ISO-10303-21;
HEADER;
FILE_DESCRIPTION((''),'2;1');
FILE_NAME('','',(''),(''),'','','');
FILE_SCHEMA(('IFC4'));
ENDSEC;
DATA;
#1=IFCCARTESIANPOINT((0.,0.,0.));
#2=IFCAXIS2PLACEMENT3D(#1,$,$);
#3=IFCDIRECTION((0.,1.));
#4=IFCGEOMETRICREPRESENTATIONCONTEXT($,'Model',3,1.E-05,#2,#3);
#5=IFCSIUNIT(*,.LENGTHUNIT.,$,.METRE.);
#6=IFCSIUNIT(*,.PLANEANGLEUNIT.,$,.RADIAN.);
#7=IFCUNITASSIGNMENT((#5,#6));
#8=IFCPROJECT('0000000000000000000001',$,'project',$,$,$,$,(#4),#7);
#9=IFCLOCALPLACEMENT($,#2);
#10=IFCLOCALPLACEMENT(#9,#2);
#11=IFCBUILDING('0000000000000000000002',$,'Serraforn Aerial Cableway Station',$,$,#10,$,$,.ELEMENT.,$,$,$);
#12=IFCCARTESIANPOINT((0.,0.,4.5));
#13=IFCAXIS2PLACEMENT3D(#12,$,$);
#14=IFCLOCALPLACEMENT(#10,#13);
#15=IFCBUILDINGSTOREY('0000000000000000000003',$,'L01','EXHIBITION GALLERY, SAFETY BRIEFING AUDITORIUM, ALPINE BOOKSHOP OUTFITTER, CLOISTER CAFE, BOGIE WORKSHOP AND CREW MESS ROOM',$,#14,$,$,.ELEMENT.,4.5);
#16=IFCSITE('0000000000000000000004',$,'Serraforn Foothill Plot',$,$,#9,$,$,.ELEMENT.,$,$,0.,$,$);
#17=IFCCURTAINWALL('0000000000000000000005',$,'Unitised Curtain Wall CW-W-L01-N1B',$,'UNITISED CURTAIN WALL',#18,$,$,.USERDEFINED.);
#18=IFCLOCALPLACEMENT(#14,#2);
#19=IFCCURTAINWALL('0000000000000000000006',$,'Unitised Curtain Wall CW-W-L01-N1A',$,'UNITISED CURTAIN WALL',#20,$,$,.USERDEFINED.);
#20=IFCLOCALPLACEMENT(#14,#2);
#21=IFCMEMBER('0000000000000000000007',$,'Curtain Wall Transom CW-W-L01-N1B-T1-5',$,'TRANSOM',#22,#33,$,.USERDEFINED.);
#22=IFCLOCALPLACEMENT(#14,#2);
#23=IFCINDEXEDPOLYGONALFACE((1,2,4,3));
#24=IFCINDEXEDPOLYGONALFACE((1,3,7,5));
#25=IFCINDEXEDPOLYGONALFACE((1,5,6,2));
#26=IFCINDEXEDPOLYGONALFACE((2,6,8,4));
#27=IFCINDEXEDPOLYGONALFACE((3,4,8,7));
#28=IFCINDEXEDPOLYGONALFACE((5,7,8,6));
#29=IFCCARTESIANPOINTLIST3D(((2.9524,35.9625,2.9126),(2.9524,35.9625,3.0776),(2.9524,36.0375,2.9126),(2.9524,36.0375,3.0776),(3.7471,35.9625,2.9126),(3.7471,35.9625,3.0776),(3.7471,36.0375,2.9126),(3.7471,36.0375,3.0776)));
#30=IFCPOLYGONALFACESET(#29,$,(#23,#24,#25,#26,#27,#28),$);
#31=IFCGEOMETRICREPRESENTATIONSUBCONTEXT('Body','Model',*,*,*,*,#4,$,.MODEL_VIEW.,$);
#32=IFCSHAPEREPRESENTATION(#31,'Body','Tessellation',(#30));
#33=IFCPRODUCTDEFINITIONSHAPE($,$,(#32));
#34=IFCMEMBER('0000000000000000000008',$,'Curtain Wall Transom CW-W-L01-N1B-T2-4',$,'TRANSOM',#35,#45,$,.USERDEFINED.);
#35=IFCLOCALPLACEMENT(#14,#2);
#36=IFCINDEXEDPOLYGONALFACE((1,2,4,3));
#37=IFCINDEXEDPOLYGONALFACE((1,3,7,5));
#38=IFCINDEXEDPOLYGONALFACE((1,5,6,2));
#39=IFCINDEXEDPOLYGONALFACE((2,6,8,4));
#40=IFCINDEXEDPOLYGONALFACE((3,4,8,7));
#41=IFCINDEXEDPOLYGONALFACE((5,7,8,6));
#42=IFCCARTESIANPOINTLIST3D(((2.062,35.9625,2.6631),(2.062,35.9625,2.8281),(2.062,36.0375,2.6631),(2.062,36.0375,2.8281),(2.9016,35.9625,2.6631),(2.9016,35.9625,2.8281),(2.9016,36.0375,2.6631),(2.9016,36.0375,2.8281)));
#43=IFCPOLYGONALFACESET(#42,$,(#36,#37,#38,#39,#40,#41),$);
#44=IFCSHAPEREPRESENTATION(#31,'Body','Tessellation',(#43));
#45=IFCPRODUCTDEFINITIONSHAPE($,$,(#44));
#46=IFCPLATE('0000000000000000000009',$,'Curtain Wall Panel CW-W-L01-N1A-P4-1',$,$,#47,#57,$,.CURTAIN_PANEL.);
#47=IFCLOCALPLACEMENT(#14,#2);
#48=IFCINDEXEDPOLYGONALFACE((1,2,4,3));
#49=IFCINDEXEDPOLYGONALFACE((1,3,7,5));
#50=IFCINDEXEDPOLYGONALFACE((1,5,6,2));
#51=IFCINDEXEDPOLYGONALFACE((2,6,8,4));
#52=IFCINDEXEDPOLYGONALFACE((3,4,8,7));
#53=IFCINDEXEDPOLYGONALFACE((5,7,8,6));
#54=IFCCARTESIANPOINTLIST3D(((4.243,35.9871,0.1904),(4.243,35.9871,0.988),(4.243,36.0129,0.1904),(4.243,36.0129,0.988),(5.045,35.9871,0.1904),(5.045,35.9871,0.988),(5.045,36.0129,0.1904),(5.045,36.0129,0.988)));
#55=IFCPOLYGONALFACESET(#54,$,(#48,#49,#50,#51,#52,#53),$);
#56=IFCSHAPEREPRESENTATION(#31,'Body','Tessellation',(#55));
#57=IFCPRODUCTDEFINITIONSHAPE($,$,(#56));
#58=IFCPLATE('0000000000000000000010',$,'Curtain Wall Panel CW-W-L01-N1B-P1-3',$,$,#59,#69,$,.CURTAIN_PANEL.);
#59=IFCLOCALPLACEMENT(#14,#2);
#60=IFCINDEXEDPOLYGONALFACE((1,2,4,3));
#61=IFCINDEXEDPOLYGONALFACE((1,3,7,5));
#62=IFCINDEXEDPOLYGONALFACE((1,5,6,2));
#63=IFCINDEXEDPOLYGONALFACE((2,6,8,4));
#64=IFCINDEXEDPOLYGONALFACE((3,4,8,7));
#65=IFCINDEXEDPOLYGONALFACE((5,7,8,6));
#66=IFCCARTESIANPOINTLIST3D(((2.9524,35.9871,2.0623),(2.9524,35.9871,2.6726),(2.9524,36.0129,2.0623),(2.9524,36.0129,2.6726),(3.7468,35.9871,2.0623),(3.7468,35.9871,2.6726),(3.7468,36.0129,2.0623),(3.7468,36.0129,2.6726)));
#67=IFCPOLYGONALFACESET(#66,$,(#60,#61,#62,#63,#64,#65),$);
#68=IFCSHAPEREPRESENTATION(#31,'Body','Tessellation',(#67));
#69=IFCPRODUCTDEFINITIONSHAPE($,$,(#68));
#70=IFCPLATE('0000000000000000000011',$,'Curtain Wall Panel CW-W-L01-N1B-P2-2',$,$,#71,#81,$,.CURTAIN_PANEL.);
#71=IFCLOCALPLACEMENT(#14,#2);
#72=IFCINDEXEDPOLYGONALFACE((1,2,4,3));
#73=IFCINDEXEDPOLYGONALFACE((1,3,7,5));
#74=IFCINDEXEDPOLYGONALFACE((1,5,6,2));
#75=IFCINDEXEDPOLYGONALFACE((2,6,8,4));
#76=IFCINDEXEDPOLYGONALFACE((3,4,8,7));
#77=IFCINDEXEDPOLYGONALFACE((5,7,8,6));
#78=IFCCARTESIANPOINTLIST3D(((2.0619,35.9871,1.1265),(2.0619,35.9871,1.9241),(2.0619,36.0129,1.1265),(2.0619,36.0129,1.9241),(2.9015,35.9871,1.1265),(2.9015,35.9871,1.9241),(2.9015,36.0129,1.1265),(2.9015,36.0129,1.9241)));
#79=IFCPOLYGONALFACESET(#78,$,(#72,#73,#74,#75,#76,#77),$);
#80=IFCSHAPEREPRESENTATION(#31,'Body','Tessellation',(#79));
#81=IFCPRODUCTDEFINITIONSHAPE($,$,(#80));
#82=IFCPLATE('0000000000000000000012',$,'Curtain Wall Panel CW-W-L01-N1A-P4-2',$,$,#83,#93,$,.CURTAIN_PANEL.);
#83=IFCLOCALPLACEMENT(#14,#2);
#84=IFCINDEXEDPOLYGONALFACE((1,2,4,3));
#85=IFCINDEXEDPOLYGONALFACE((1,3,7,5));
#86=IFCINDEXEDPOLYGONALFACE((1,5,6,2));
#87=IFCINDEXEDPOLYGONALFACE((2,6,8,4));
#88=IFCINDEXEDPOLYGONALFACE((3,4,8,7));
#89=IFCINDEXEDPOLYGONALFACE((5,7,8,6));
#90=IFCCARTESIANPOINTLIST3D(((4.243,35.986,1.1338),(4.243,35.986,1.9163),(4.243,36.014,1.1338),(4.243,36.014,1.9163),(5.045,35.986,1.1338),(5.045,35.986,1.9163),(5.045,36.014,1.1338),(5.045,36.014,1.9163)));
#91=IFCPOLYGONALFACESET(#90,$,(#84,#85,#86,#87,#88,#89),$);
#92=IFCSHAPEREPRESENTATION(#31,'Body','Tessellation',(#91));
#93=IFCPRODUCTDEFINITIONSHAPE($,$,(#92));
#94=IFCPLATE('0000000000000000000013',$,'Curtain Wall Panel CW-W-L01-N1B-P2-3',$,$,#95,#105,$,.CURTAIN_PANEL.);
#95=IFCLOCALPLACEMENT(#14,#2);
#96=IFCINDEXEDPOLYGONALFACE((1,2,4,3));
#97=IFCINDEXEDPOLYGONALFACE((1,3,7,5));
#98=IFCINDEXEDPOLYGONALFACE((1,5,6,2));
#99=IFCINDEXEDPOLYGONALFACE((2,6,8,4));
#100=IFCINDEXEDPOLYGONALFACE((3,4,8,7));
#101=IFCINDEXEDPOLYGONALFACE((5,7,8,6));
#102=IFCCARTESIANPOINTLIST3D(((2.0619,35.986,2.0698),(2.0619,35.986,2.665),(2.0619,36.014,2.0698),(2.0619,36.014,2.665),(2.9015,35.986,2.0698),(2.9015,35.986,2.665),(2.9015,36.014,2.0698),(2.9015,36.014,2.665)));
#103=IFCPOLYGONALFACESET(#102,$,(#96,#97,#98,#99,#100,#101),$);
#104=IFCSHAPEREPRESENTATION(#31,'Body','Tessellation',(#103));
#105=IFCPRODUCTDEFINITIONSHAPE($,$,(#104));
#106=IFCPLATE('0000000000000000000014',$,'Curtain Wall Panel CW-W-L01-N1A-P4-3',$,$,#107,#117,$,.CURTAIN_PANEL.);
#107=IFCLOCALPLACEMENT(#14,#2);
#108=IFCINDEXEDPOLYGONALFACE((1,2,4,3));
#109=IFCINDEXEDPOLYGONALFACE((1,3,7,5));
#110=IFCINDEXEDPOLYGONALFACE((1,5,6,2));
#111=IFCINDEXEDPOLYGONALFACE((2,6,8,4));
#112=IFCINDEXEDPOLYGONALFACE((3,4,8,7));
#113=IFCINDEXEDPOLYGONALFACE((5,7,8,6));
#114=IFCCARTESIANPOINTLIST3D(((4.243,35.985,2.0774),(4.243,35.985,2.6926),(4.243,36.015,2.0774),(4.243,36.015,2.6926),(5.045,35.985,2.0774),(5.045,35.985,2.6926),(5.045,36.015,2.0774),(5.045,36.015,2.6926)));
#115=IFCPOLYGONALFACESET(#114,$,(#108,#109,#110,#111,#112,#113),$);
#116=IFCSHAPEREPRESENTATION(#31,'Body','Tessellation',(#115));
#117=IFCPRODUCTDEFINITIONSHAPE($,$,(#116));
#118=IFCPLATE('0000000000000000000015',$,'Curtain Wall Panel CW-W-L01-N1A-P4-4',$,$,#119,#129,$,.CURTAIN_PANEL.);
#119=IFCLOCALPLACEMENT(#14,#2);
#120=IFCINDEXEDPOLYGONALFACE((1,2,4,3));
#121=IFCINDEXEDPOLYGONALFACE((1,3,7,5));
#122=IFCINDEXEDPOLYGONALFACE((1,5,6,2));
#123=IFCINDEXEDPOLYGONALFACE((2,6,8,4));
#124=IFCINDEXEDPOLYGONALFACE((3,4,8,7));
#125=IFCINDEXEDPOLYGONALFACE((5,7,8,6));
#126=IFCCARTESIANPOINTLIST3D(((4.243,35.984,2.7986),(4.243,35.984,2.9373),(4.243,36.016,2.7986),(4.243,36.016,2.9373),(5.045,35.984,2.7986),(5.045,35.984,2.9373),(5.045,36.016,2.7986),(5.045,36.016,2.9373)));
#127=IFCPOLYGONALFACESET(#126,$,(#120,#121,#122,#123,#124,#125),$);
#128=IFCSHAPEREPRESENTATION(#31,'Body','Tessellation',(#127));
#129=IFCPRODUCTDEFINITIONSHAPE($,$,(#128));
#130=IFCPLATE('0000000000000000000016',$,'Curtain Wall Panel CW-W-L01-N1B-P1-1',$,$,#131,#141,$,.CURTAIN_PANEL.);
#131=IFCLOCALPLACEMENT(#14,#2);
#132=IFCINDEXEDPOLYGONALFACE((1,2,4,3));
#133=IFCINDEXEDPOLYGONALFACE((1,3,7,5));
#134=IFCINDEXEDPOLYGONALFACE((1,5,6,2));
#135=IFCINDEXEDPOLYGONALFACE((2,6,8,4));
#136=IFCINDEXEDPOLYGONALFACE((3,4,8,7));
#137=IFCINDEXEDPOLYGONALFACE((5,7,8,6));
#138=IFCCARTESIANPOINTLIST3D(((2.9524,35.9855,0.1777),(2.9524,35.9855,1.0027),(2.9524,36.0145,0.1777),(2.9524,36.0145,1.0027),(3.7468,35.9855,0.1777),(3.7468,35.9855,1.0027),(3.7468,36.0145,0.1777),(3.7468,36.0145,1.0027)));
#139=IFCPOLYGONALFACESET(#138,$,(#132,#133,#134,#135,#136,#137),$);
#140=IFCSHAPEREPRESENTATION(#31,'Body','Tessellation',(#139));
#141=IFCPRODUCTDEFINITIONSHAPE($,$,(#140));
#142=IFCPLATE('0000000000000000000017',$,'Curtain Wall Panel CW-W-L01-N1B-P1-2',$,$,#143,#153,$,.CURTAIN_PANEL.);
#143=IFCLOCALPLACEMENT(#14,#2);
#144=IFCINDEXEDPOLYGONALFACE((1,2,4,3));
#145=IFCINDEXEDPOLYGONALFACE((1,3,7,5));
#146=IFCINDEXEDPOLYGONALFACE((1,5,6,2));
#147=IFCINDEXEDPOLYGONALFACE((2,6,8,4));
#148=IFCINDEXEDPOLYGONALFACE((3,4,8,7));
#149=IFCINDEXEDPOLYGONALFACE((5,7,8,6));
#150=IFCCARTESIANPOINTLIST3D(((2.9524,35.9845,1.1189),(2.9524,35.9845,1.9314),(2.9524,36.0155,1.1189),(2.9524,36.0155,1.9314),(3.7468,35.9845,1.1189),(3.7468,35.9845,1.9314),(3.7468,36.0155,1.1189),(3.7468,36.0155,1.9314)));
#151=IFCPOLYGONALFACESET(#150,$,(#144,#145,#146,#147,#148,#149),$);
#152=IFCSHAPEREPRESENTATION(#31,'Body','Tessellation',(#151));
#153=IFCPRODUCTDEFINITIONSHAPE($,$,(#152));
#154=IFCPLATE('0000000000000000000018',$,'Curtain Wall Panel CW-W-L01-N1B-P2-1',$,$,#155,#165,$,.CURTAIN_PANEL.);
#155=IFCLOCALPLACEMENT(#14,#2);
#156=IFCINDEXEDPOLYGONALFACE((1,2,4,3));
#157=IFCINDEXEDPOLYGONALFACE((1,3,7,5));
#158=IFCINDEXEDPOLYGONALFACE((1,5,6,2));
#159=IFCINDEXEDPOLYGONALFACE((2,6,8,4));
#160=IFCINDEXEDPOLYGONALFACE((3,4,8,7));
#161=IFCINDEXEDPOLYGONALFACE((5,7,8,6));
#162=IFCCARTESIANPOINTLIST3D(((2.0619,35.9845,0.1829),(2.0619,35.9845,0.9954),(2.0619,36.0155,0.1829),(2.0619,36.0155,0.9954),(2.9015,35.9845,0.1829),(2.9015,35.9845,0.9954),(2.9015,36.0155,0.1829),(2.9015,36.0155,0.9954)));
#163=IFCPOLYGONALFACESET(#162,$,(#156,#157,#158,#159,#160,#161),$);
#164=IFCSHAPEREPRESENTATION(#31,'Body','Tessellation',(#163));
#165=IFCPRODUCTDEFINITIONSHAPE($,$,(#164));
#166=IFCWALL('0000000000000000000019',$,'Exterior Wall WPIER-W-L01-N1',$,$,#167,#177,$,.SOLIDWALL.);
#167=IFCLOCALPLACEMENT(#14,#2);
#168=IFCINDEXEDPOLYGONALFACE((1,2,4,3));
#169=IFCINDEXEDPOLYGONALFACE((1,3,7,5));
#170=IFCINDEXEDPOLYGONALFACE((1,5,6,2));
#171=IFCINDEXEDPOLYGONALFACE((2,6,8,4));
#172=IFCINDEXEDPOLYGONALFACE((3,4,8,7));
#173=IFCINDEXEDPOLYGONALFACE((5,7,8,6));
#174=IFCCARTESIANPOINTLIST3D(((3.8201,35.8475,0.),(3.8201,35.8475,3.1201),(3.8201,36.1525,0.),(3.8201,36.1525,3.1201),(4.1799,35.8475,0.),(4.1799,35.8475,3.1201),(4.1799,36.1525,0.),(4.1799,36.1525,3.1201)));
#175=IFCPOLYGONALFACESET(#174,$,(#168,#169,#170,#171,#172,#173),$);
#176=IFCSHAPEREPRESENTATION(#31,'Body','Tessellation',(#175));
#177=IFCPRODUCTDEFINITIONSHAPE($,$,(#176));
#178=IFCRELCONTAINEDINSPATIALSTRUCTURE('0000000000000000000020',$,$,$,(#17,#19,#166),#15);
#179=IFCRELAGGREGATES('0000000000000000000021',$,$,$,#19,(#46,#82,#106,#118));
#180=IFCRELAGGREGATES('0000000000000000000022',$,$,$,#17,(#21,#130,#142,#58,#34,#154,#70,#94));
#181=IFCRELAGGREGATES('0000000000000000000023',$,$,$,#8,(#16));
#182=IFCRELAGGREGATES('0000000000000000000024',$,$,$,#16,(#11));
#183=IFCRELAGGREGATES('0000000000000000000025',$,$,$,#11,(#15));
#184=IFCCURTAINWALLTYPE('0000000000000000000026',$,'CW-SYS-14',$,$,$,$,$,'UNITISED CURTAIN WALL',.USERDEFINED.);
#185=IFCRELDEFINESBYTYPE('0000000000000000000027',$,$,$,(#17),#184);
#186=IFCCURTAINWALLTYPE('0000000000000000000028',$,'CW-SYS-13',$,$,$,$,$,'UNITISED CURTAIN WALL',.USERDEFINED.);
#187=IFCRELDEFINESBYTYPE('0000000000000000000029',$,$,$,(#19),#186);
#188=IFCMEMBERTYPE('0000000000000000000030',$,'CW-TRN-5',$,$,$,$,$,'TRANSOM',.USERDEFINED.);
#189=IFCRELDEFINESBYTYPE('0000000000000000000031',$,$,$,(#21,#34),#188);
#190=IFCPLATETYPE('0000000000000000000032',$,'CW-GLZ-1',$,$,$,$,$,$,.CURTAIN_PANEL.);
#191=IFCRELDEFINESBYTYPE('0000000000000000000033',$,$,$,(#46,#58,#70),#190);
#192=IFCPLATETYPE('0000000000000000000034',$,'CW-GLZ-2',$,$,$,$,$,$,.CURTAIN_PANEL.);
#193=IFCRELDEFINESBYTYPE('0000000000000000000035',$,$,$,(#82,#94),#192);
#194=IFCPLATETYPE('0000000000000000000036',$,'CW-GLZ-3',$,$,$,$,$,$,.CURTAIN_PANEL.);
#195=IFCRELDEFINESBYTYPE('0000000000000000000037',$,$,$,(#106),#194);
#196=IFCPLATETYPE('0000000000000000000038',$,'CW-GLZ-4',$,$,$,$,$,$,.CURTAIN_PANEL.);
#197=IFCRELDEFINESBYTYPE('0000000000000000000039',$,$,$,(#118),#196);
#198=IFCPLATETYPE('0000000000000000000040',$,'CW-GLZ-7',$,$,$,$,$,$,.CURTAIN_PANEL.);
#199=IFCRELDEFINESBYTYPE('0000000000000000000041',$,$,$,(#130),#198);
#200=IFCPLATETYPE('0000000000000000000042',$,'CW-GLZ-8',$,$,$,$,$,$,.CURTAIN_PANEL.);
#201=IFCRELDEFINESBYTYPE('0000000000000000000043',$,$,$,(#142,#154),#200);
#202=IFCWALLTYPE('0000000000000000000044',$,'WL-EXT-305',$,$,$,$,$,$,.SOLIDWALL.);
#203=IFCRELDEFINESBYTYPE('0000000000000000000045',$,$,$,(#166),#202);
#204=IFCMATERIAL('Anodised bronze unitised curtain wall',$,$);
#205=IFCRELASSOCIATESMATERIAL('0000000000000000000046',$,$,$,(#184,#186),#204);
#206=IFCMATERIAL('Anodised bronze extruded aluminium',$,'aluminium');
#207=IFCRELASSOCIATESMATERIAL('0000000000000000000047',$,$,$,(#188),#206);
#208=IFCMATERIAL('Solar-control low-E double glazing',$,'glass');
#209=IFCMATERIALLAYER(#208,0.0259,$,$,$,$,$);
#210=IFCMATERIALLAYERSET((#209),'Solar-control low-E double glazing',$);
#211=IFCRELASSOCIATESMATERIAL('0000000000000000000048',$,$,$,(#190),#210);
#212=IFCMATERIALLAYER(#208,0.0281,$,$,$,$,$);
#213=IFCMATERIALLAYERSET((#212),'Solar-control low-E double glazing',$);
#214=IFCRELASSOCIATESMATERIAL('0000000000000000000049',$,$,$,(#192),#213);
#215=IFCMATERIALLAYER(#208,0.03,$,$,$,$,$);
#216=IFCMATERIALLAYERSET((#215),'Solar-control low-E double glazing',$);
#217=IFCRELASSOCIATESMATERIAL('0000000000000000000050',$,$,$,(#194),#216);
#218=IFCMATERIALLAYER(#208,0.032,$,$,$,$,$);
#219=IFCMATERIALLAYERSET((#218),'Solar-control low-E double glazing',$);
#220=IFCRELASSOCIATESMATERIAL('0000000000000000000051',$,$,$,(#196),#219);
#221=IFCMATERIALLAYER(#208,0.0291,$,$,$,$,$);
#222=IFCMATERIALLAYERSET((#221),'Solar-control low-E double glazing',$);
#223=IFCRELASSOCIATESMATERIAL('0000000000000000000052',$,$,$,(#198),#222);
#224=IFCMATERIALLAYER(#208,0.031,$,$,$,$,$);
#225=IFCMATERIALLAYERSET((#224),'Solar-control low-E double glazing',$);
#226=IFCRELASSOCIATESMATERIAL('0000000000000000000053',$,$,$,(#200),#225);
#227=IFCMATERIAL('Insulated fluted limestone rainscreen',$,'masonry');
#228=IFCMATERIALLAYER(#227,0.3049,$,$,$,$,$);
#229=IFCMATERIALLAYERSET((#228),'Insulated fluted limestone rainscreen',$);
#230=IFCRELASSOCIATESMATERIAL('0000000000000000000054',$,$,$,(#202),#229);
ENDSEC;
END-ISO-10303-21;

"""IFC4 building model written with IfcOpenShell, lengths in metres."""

from ifc_helpers import new_model, si_unit, direction, frame, frame_2d, origin, origin_2d, place, context, subcontext, project, spatial, rectangle, extrude, material, layer, layer_set, material_profile, profile_set, type_object, element, aggregate, save


model = new_model("IFC4")

# Units and contexts
model_context = context("Model", 3, precision=1e-05, world=origin(), true_north=direction((0.0, 1.0)))
body_context = subcontext(model_context, "Body", "Model", "MODEL_VIEW")
ifc_project = project(units=[si_unit("LENGTHUNIT", "METRE"), si_unit("PLANEANGLEUNIT", "RADIAN")], contexts=[model_context])

# Site, building, storey
site_placement = place(None, origin())
site = spatial("IfcSite", under=ifc_project, at=site_placement, Name="Serraforn Foothill Plot", CompositionType="ELEMENT", RefElevation=0.0)
building_placement = place(site_placement, origin())
building = spatial("IfcBuilding", under=site, at=building_placement, Name="Serraforn Aerial Cableway Station", CompositionType="ELEMENT")
storey_placement = place(building_placement, frame((0.0, 0.0, 4.5)))
storey = spatial("IfcBuildingStorey", under=building, at=storey_placement, Name="L01", Description="EXHIBITION GALLERY, SAFETY BRIEFING AUDITORIUM, ALPINE BOOKSHOP OUTFITTER, CLOISTER CAFE, BOGIE WORKSHOP AND CREW MESS ROOM", CompositionType="ELEMENT", Elevation=4.5)

# Curtain wall
ifc_material_1 = material(Name="Anodised bronze unitised curtain wall")
curtain_wall_type_1 = type_object("IfcCurtainWallType", Name="CW-SYS-14", ElementType="UNITISED CURTAIN WALL", PredefinedType="USERDEFINED", material=ifc_material_1)
curtain_wall_1_placement = place(storey_placement, origin())
curtain_wall_1 = element("IfcCurtainWall", 1, at=curtain_wall_1_placement, inside=storey, type_object=curtain_wall_type_1, Name="Unitised Curtain Wall CW-W-L01-N1B", ObjectType="UNITISED CURTAIN WALL", PredefinedType="USERDEFINED")
ifc_material_2 = material(Name="Anodised bronze extruded aluminium", Category="aluminium")

# Curtain wall
curtain_wall_type_2 = type_object("IfcCurtainWallType", Name="CW-SYS-13", ElementType="UNITISED CURTAIN WALL", PredefinedType="USERDEFINED", material=ifc_material_1)
curtain_wall_2_placement = place(storey_placement, origin())
curtain_wall_2 = element("IfcCurtainWall", 2, at=curtain_wall_2_placement, inside=storey, type_object=curtain_wall_type_2, Name="Unitised Curtain Wall CW-W-L01-N1A", ObjectType="UNITISED CURTAIN WALL", PredefinedType="USERDEFINED")

# Members
ifc_material_profile_1 = material_profile(ifc_material_2, rectangle(XDim=0.075, YDim=0.165, at=origin_2d()), Name="CW TRANSOM 75x165")
ifc_profile_set_1 = profile_set([ifc_material_profile_1], Name="Anodised bronze extruded aluminium")
member_type_1 = type_object("IfcMemberType", Name="CW-TRN-5", ElementType="TRANSOM", PredefinedType="USERDEFINED", material=ifc_profile_set_1)
member_1_placement = place(storey_placement, frame((3.7471, 36.0, 2.9951), z_axis=(-1.0, 0.0, 0.0), x_axis=(0.0, -1.0, 0.0)))
member_1 = element("IfcMember", 3, at=member_1_placement, type_object=member_type_1, Name="Curtain Wall Transom CW-W-L01-N1B-T1-5", ObjectType="TRANSOM", PredefinedType="USERDEFINED", context=body_context, shape_type="SweptSolid", body=[
    extrude(rectangle(XDim=0.075, YDim=0.165, at=origin_2d()), origin(), (0.0, 0.0, 1.0), 0.7947),
])
member_2_placement = place(storey_placement, frame((2.9016, 36.0, 2.7456), z_axis=(-1.0, 0.0, 0.0), x_axis=(0.0, -1.0, 0.0)))
member_2 = element("IfcMember", 4, at=member_2_placement, type_object=member_type_1, Name="Curtain Wall Transom CW-W-L01-N1B-T2-4", ObjectType="TRANSOM", PredefinedType="USERDEFINED", context=body_context, shape_type="SweptSolid", body=[
    extrude(rectangle(XDim=0.075, YDim=0.165, at=origin_2d()), origin(), (0.0, 0.0, 1.0), 0.8396),
])

# Plates
ifc_material_3 = material(Name="Solar-control low-E double glazing", Category="glass")
ifc_layer_1 = layer(ifc_material_3, 0.0259)
ifc_layer_set_1 = layer_set([ifc_layer_1], Name="Solar-control low-E double glazing")
plate_type_1 = type_object("IfcPlateType", Name="CW-GLZ-1", PredefinedType="CURTAIN_PANEL", material=ifc_layer_set_1)
plate_1_placement = place(storey_placement, frame((4.644, 36.0, 0.1904), z_axis=(0.0, 0.0, 1.0), x_axis=(1.0, 0.0, 0.0)))
plate_1 = element("IfcPlate", 5, at=plate_1_placement, type_object=plate_type_1, Name="Curtain Wall Panel CW-W-L01-N1A-P4-1", PredefinedType="CURTAIN_PANEL", context=body_context, shape_type="SweptSolid", body=[
    extrude(rectangle(XDim=0.802, YDim=0.0259, at=origin_2d()), origin(), (0.0, 0.0, 1.0), 0.7976),
])
plate_2_placement = place(storey_placement, frame((3.3496, 36.0, 2.0623), z_axis=(0.0, 0.0, 1.0), x_axis=(1.0, 0.0, 0.0)))
plate_2 = element("IfcPlate", 6, at=plate_2_placement, type_object=plate_type_1, Name="Curtain Wall Panel CW-W-L01-N1B-P1-3", PredefinedType="CURTAIN_PANEL", context=body_context, shape_type="SweptSolid", body=[
    extrude(rectangle(XDim=0.7944, YDim=0.0259, at=origin_2d()), origin(), (0.0, 0.0, 1.0), 0.6104),
])
plate_3_placement = place(storey_placement, frame((2.4817, 36.0, 1.1265), z_axis=(0.0, 0.0, 1.0), x_axis=(1.0, 0.0, 0.0)))
plate_3 = element("IfcPlate", 7, at=plate_3_placement, type_object=plate_type_1, Name="Curtain Wall Panel CW-W-L01-N1B-P2-2", PredefinedType="CURTAIN_PANEL", context=body_context, shape_type="SweptSolid", body=[
    extrude(rectangle(XDim=0.8396, YDim=0.0259, at=origin_2d()), origin(), (0.0, 0.0, 1.0), 0.7976),
])
ifc_layer_2 = layer(ifc_material_3, 0.0281)
ifc_layer_set_2 = layer_set([ifc_layer_2], Name="Solar-control low-E double glazing")
plate_type_2 = type_object("IfcPlateType", Name="CW-GLZ-2", PredefinedType="CURTAIN_PANEL", material=ifc_layer_set_2)
plate_4_placement = place(storey_placement, frame((4.644, 36.0, 1.1338), z_axis=(0.0, 0.0, 1.0), x_axis=(1.0, 0.0, 0.0)))
plate_4 = element("IfcPlate", 8, at=plate_4_placement, type_object=plate_type_2, Name="Curtain Wall Panel CW-W-L01-N1A-P4-2", PredefinedType="CURTAIN_PANEL", context=body_context, shape_type="SweptSolid", body=[
    extrude(rectangle(XDim=0.802, YDim=0.0281, at=origin_2d()), origin(), (0.0, 0.0, 1.0), 0.7825),
])
plate_5_placement = place(storey_placement, frame((2.4817, 36.0, 2.0698), z_axis=(0.0, 0.0, 1.0), x_axis=(1.0, 0.0, 0.0)))
plate_5 = element("IfcPlate", 9, at=plate_5_placement, type_object=plate_type_2, Name="Curtain Wall Panel CW-W-L01-N1B-P2-3", PredefinedType="CURTAIN_PANEL", context=body_context, shape_type="SweptSolid", body=[
    extrude(rectangle(XDim=0.8396, YDim=0.0281, at=origin_2d()), origin(), (0.0, 0.0, 1.0), 0.5952),
])
ifc_layer_3 = layer(ifc_material_3, 0.03)
ifc_layer_set_3 = layer_set([ifc_layer_3], Name="Solar-control low-E double glazing")
plate_type_3 = type_object("IfcPlateType", Name="CW-GLZ-3", PredefinedType="CURTAIN_PANEL", material=ifc_layer_set_3)
plate_6_placement = place(storey_placement, frame((4.644, 36.0, 2.0774), z_axis=(0.0, 0.0, 1.0), x_axis=(1.0, 0.0, 0.0)))
plate_6 = element("IfcPlate", 10, at=plate_6_placement, type_object=plate_type_3, Name="Curtain Wall Panel CW-W-L01-N1A-P4-3", PredefinedType="CURTAIN_PANEL", context=body_context, shape_type="SweptSolid", body=[
    extrude(rectangle(XDim=0.802, YDim=0.03, at=origin_2d()), origin(), (0.0, 0.0, 1.0), 0.6152),
])
ifc_layer_4 = layer(ifc_material_3, 0.032)
ifc_layer_set_4 = layer_set([ifc_layer_4], Name="Solar-control low-E double glazing")
plate_type_4 = type_object("IfcPlateType", Name="CW-GLZ-4", PredefinedType="CURTAIN_PANEL", material=ifc_layer_set_4)
plate_7_placement = place(storey_placement, frame((4.644, 36.0, 2.7986), z_axis=(0.0, 0.0, 1.0), x_axis=(1.0, 0.0, 0.0)))
plate_7 = element("IfcPlate", 11, at=plate_7_placement, type_object=plate_type_4, Name="Curtain Wall Panel CW-W-L01-N1A-P4-4", PredefinedType="CURTAIN_PANEL", context=body_context, shape_type="SweptSolid", body=[
    extrude(rectangle(XDim=0.802, YDim=0.032, at=origin_2d()), origin(), (0.0, 0.0, 1.0), 0.1387),
])
aggregate(curtain_wall_2, [plate_1, plate_4, plate_6, plate_7])
ifc_layer_5 = layer(ifc_material_3, 0.0291)
ifc_layer_set_5 = layer_set([ifc_layer_5], Name="Solar-control low-E double glazing")
plate_type_5 = type_object("IfcPlateType", Name="CW-GLZ-7", PredefinedType="CURTAIN_PANEL", material=ifc_layer_set_5)
plate_8_placement = place(storey_placement, frame((3.3496, 36.0, 0.1777), z_axis=(0.0, 0.0, 1.0), x_axis=(1.0, 0.0, 0.0)))
plate_8 = element("IfcPlate", 12, at=plate_8_placement, type_object=plate_type_5, Name="Curtain Wall Panel CW-W-L01-N1B-P1-1", PredefinedType="CURTAIN_PANEL", context=body_context, shape_type="SweptSolid", body=[
    extrude(rectangle(XDim=0.7944, YDim=0.0291, at=origin_2d()), origin(), (0.0, 0.0, 1.0), 0.825),
])
ifc_layer_6 = layer(ifc_material_3, 0.031)
ifc_layer_set_6 = layer_set([ifc_layer_6], Name="Solar-control low-E double glazing")
plate_type_6 = type_object("IfcPlateType", Name="CW-GLZ-8", PredefinedType="CURTAIN_PANEL", material=ifc_layer_set_6)
plate_9_placement = place(storey_placement, frame((3.3496, 36.0, 1.1189), z_axis=(0.0, 0.0, 1.0), x_axis=(1.0, 0.0, 0.0)))
plate_9 = element("IfcPlate", 13, at=plate_9_placement, type_object=plate_type_6, Name="Curtain Wall Panel CW-W-L01-N1B-P1-2", PredefinedType="CURTAIN_PANEL", context=body_context, shape_type="SweptSolid", body=[
    extrude(rectangle(XDim=0.7944, YDim=0.031, at=origin_2d()), origin(), (0.0, 0.0, 1.0), 0.8125),
])
plate_10_placement = place(storey_placement, frame((2.4817, 36.0, 0.1829), z_axis=(0.0, 0.0, 1.0), x_axis=(1.0, 0.0, 0.0)))
plate_10 = element("IfcPlate", 14, at=plate_10_placement, type_object=plate_type_6, Name="Curtain Wall Panel CW-W-L01-N1B-P2-1", PredefinedType="CURTAIN_PANEL", context=body_context, shape_type="SweptSolid", body=[
    extrude(rectangle(XDim=0.8396, YDim=0.031, at=origin_2d()), origin(), (0.0, 0.0, 1.0), 0.8125),
])
aggregate(curtain_wall_1, [member_1, plate_8, plate_9, plate_2, member_2, plate_10, plate_3, plate_5])

# Wall
ifc_material_4 = material(Name="Insulated fluted limestone rainscreen", Category="masonry")
ifc_layer_7 = layer(ifc_material_4, 0.3049)
ifc_layer_set_7 = layer_set([ifc_layer_7], Name="Insulated fluted limestone rainscreen")
wall_type = type_object("IfcWallType", Name="WL-EXT-305", PredefinedType="SOLIDWALL", material=ifc_layer_set_7)
wall_placement = place(storey_placement, frame((4.1799, 36.0, 0.0), z_axis=(0.0, 0.0, 1.0), x_axis=(-1.0, 0.0, 0.0)))
element("IfcWall", 15, at=wall_placement, inside=storey, type_object=wall_type, Name="Exterior Wall WPIER-W-L01-N1", PredefinedType="SOLIDWALL", context=body_context, shape_type="SweptSolid", body=[
    extrude(rectangle(XDim=0.3599, YDim=0.3049, at=frame_2d((0.1799, 0.0))), origin(), (0.0, 0.0, 1.0), 3.1201),
])

save(model, "model.ifc")
